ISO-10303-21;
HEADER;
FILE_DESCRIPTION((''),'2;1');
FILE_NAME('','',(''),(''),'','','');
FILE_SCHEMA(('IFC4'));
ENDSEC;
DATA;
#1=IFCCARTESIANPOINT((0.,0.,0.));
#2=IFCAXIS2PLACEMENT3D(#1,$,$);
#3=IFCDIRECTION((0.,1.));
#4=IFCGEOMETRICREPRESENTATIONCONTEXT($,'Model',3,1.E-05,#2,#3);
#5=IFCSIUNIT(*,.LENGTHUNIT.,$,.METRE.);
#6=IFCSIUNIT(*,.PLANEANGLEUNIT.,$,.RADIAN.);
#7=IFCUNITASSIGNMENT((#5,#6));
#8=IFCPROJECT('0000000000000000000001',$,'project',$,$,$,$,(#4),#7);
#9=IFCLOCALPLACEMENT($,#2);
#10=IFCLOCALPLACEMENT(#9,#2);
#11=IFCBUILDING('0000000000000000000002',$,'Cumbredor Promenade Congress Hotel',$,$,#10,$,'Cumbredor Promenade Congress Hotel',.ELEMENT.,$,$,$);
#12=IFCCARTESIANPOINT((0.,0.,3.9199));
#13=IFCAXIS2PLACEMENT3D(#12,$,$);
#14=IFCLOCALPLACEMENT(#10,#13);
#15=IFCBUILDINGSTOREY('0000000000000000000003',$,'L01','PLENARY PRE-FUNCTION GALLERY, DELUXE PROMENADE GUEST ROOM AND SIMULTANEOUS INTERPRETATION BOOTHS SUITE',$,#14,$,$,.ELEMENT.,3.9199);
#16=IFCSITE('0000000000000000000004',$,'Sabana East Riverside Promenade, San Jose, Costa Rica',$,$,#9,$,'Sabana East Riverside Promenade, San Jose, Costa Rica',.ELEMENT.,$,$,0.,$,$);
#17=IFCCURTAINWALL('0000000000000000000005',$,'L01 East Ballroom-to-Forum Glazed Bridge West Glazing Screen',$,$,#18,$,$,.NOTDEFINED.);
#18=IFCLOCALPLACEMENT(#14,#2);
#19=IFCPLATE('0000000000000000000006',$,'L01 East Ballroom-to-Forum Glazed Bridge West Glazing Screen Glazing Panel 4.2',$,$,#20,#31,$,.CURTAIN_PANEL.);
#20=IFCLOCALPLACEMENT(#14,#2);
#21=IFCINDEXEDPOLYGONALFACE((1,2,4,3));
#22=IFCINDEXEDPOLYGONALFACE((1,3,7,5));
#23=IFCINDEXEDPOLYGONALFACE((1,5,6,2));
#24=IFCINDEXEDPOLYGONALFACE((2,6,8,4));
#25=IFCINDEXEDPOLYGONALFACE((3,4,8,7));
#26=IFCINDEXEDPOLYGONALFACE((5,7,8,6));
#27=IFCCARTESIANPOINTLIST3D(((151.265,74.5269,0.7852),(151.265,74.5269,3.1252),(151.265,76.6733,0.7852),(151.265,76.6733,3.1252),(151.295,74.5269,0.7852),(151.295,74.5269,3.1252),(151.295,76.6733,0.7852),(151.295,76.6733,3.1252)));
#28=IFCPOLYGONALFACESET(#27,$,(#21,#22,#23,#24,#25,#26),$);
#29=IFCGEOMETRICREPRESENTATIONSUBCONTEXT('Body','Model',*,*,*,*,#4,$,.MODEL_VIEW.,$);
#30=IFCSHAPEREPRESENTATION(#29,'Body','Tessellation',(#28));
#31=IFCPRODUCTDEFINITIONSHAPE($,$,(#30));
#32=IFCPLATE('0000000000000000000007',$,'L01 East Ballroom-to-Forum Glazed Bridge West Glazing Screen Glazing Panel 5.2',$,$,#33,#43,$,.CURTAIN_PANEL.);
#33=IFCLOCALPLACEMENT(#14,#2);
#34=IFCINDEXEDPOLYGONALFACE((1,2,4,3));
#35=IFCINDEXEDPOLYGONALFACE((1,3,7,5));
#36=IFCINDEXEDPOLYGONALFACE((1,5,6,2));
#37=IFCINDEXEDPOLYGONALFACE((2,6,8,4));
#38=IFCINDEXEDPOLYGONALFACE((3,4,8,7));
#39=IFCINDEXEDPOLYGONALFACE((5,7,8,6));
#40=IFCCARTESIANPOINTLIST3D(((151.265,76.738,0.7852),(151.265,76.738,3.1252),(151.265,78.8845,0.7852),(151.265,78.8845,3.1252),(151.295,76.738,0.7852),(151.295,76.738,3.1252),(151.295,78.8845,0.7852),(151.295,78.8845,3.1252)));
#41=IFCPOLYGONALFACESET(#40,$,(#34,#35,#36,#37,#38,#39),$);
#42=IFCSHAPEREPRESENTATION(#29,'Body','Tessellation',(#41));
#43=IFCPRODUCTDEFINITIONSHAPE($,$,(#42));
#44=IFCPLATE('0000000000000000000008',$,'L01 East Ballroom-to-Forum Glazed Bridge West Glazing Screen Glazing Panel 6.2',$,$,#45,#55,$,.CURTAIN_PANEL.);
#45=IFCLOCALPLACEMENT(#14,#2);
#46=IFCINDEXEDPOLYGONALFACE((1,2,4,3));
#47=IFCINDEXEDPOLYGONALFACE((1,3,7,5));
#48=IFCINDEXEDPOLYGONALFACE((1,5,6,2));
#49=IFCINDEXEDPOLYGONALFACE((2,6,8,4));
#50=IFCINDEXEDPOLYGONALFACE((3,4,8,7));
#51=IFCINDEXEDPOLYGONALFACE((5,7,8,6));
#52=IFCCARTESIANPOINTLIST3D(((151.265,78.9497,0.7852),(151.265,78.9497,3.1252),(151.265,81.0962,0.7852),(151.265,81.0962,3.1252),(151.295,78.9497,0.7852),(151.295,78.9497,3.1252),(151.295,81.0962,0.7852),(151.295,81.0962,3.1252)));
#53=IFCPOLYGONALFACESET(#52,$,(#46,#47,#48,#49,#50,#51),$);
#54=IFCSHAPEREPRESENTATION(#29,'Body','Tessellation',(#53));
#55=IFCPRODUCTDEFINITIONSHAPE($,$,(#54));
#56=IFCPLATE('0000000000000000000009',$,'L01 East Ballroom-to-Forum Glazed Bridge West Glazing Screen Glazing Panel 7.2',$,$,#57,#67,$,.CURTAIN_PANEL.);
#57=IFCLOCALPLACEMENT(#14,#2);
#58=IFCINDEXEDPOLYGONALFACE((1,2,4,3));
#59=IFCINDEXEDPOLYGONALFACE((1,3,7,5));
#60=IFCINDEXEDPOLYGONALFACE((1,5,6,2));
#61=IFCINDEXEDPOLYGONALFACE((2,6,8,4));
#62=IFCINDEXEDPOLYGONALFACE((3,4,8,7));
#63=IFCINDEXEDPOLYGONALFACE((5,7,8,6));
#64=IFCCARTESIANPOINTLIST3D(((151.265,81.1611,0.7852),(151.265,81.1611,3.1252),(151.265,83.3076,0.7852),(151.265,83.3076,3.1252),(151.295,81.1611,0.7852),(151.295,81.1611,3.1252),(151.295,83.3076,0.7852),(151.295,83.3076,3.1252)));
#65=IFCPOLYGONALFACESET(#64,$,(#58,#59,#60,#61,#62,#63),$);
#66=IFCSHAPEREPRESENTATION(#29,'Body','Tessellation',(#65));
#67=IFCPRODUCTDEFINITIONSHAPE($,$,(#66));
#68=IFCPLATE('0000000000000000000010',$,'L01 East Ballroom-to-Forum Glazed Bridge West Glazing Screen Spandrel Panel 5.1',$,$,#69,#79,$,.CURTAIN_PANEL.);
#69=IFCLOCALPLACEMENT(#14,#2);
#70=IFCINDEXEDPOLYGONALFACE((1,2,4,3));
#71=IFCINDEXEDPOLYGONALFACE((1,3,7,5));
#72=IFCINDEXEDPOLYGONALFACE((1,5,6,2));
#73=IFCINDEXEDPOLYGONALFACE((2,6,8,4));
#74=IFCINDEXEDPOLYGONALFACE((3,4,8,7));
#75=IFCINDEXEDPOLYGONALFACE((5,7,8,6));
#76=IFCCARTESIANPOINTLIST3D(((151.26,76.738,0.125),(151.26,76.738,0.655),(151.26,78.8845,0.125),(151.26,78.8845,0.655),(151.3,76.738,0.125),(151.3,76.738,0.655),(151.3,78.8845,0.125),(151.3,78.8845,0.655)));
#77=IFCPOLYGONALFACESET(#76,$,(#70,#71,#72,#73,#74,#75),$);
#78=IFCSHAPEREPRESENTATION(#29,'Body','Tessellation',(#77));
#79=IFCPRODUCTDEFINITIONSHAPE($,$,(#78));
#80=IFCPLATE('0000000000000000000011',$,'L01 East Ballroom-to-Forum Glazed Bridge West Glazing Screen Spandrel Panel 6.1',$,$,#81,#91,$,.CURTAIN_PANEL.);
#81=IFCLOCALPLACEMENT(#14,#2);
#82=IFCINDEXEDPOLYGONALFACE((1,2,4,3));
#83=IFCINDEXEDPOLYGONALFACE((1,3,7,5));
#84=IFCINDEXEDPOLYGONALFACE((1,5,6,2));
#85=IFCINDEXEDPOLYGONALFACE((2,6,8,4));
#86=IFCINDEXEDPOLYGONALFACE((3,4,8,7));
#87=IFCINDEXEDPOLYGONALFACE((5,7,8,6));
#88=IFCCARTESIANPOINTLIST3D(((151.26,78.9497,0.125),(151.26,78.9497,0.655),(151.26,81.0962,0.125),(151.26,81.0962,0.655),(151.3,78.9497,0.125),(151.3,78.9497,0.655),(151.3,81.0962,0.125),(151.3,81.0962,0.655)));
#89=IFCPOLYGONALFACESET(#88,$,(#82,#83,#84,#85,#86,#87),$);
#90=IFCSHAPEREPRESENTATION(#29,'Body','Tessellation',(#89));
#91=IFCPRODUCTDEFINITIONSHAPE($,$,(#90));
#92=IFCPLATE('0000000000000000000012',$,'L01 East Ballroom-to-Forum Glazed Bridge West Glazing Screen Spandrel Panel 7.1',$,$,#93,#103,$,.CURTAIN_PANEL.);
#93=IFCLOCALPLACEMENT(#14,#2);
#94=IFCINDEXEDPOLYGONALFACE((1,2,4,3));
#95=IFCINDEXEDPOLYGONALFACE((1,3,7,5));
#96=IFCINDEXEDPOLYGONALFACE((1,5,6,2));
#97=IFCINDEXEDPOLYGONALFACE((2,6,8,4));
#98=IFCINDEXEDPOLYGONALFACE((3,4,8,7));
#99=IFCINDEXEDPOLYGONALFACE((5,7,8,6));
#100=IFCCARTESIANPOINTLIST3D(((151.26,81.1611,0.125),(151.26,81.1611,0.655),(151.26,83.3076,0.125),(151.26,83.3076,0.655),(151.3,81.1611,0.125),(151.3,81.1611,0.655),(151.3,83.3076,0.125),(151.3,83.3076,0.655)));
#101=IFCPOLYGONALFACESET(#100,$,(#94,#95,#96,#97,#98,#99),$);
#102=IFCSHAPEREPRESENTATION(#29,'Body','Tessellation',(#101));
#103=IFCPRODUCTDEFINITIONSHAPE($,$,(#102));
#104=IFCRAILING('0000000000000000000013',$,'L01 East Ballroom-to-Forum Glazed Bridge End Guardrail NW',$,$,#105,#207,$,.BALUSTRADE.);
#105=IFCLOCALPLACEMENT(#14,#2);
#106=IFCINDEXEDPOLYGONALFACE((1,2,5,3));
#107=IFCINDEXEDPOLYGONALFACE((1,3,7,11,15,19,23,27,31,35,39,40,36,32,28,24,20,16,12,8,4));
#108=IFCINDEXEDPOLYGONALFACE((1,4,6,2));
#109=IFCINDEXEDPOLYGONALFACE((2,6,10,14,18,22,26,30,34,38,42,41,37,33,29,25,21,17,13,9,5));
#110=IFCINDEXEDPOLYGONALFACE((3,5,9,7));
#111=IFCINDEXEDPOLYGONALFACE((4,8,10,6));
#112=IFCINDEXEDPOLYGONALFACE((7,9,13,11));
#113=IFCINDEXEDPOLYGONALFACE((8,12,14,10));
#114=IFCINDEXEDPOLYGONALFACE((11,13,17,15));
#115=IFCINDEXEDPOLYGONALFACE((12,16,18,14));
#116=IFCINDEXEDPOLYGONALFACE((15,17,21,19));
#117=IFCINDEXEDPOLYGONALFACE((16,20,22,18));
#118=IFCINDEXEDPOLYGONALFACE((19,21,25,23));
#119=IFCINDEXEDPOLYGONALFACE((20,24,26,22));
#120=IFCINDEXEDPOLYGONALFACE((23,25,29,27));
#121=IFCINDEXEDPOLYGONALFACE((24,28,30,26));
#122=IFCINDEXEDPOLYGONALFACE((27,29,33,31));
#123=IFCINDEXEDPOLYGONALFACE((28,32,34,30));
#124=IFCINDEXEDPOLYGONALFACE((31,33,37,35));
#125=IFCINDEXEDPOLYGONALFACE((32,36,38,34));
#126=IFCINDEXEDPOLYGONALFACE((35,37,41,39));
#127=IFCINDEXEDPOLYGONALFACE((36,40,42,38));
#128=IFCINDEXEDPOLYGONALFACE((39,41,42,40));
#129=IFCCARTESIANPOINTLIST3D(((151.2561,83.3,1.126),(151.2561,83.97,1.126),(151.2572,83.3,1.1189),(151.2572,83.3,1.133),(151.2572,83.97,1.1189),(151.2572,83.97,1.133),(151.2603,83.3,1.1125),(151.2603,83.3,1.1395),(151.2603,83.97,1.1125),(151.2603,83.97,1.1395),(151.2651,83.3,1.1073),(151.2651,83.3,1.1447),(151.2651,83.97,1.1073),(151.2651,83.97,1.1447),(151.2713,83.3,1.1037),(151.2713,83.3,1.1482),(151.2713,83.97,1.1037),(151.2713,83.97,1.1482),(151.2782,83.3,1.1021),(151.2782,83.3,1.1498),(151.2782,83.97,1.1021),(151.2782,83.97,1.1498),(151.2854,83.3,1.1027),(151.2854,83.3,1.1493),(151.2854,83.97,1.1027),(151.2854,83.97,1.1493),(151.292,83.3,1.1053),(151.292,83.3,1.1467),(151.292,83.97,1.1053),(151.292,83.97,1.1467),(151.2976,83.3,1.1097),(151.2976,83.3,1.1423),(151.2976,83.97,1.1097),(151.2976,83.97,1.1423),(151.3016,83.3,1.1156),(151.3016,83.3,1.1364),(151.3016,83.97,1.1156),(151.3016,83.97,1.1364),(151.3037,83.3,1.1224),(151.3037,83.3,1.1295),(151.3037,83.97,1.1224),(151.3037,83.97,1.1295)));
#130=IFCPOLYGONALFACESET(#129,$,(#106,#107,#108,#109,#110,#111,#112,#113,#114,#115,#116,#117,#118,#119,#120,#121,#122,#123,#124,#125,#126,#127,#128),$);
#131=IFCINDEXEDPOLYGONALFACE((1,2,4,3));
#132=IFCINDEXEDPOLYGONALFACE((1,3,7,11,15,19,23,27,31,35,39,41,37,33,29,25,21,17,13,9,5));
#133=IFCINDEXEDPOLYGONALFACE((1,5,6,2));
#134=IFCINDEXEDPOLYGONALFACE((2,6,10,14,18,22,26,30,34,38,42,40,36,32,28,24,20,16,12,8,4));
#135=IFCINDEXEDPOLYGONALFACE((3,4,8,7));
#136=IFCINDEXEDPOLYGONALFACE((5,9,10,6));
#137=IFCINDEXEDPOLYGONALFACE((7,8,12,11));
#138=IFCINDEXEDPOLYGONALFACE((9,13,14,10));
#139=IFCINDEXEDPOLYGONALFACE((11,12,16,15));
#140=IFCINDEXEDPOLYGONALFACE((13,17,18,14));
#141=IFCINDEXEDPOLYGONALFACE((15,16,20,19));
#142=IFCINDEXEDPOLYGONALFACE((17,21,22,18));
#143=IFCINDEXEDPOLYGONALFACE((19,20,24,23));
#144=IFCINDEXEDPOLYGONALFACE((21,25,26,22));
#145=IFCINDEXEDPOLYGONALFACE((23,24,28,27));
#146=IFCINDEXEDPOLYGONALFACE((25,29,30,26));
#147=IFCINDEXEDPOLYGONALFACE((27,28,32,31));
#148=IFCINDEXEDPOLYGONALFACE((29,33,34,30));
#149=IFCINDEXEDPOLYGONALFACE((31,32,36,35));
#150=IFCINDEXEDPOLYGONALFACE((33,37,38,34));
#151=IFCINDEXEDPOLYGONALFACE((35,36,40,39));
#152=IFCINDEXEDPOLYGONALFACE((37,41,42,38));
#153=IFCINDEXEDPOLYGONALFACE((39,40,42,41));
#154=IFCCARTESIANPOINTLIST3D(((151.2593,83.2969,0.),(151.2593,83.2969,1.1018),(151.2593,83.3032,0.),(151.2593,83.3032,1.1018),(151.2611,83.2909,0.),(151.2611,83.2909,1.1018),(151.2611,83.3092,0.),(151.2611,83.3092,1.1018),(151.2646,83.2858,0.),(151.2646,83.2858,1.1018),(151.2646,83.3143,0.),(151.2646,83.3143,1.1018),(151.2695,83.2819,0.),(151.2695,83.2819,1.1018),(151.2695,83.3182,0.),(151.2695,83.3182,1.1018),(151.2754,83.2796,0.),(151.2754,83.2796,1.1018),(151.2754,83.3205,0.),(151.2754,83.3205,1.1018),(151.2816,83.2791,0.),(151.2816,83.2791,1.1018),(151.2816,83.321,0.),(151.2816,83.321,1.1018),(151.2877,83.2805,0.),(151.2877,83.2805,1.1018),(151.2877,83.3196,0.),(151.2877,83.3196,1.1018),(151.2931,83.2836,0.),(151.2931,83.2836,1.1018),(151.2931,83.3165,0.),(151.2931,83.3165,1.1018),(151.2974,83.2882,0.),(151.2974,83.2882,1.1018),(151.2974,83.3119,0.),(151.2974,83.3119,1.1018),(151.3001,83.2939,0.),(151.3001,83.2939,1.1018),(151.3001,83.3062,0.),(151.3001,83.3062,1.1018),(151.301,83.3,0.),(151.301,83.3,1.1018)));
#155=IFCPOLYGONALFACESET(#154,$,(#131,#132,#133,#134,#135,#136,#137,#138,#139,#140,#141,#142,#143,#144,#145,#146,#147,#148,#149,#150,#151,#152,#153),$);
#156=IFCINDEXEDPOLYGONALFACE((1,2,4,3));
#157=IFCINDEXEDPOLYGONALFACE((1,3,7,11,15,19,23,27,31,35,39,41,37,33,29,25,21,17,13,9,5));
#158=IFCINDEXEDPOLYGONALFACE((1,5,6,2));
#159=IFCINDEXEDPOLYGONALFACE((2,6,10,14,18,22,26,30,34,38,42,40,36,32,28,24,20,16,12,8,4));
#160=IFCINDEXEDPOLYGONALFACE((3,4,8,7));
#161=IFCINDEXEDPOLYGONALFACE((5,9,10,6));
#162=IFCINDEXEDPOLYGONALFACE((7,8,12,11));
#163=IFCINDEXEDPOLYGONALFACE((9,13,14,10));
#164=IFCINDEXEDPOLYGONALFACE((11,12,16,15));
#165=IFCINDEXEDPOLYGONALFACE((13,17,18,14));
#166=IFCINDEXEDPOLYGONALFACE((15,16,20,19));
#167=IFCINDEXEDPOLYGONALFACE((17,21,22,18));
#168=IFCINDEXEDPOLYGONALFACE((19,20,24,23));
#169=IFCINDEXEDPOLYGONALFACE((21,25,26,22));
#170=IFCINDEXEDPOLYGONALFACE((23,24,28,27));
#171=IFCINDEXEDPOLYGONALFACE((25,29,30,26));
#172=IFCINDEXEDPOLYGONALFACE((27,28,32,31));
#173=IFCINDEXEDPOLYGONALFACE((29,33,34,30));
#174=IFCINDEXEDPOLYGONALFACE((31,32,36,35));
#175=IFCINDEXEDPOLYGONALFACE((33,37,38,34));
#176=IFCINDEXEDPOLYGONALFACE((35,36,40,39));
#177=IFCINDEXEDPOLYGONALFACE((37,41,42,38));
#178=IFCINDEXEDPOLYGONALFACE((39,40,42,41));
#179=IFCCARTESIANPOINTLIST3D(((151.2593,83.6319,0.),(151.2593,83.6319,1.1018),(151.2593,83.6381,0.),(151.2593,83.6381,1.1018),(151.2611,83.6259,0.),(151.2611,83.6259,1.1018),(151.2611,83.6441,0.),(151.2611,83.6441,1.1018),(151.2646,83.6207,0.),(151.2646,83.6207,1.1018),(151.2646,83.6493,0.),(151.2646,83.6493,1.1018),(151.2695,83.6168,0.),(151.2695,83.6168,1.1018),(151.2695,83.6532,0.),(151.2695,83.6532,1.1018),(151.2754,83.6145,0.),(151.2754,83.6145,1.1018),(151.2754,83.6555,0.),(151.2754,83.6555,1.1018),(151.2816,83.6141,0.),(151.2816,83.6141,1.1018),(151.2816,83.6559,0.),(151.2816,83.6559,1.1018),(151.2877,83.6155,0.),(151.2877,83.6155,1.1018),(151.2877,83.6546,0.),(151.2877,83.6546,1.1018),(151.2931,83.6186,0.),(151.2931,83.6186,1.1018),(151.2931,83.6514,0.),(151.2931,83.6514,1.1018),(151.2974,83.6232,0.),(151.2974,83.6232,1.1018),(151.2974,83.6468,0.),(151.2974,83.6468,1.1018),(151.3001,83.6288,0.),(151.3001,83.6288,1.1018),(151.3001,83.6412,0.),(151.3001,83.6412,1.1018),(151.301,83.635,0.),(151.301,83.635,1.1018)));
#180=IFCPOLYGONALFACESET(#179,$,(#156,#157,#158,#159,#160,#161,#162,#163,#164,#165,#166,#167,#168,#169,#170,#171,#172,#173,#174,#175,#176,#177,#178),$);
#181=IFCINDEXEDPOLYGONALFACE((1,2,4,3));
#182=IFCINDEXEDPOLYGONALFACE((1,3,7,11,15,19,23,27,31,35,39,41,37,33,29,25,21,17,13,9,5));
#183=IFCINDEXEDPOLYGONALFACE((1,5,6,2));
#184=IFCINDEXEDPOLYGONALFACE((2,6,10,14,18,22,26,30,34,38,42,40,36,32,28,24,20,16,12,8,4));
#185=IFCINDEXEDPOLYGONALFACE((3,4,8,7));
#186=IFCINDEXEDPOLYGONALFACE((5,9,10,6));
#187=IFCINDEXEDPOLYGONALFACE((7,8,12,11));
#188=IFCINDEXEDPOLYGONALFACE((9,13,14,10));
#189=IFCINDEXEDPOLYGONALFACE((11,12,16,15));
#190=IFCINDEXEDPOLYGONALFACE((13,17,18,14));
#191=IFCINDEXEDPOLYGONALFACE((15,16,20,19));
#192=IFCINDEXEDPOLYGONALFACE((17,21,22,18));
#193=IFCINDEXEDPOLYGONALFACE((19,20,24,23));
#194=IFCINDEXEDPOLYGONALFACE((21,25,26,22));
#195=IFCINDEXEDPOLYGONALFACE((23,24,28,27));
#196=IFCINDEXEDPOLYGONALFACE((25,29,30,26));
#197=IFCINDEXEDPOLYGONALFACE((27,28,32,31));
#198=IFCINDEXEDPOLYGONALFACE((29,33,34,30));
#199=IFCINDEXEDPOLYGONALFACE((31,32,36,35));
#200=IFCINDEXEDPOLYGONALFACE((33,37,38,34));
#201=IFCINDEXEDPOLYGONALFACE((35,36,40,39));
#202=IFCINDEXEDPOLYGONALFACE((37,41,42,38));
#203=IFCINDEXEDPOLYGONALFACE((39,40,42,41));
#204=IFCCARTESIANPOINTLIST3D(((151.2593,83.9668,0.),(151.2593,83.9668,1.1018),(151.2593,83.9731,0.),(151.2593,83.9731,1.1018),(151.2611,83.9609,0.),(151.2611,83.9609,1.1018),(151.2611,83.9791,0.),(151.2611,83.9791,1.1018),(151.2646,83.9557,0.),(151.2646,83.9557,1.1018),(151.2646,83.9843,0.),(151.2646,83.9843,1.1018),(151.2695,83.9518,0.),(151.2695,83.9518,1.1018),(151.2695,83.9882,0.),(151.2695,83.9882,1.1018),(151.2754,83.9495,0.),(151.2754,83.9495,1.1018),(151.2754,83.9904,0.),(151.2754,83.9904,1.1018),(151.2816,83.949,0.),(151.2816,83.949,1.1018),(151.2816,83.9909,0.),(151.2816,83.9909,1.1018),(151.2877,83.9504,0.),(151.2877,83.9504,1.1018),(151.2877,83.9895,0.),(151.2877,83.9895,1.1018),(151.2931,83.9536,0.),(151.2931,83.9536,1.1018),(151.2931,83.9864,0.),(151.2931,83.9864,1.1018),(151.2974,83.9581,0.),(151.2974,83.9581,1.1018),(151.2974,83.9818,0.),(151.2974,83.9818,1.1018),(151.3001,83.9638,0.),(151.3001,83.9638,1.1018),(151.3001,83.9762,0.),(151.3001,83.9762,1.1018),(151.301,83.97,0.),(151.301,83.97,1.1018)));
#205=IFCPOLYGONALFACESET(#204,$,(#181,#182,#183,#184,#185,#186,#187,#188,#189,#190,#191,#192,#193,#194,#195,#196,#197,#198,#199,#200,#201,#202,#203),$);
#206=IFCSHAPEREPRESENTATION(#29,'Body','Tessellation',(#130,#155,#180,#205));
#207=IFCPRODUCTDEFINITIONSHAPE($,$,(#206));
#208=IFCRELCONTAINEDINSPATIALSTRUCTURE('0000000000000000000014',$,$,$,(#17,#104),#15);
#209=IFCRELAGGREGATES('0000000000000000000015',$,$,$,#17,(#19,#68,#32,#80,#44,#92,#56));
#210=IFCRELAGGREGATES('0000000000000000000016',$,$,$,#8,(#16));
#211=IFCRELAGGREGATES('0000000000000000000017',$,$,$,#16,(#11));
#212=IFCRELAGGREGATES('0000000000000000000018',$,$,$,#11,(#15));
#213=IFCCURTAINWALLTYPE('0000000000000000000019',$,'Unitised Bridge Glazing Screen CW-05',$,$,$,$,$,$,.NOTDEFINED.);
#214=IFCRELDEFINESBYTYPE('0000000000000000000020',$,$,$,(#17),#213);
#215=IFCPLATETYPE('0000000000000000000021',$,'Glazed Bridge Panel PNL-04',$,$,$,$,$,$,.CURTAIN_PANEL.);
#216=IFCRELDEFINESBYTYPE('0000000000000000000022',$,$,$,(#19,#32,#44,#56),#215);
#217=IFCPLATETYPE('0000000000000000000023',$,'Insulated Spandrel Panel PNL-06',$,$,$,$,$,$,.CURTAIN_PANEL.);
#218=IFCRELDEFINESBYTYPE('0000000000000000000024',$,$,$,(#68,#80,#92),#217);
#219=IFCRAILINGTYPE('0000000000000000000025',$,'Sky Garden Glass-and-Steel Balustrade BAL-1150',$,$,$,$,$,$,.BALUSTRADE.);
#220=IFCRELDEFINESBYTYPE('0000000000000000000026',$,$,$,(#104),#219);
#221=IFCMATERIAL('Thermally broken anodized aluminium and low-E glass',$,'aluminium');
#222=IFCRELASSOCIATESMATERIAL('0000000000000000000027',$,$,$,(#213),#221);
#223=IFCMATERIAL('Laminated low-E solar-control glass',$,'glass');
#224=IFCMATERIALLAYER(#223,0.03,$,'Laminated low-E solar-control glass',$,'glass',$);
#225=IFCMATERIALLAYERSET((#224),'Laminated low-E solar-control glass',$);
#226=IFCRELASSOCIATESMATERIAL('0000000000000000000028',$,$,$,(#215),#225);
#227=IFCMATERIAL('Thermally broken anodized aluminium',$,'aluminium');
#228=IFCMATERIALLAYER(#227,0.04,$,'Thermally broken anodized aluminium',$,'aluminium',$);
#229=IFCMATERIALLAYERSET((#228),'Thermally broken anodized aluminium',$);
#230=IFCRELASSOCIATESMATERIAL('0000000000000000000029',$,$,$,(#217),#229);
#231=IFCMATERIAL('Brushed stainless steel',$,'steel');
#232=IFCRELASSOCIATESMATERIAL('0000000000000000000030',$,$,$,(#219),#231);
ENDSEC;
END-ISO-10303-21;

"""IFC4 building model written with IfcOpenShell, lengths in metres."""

from ifc_helpers import new_model, si_unit, direction, frame, origin, origin_2d, place, context, subcontext, project, spatial, rectangle, circle, extrude, material, layer, layer_set, type_object, element, aggregate, save


model = new_model("IFC4")

# Units and contexts
model_context = context("Model", 3, precision=1e-05, world=origin(), true_north=direction((0.0, 1.0)))
body_context = subcontext(model_context, "Body", "Model", "MODEL_VIEW")
ifc_project = project(units=[si_unit("LENGTHUNIT", "METRE"), si_unit("PLANEANGLEUNIT", "RADIAN")], contexts=[model_context])

# Site, building, storey
site_placement = place(None, origin())
site = spatial("IfcSite", under=ifc_project, at=site_placement, Name="Sabana East Riverside Promenade, San Jose, Costa Rica", LongName="Sabana East Riverside Promenade, San Jose, Costa Rica", CompositionType="ELEMENT", RefElevation=0.0)
building_placement = place(site_placement, origin())
building = spatial("IfcBuilding", under=site, at=building_placement, Name="Cumbredor Promenade Congress Hotel", LongName="Cumbredor Promenade Congress Hotel", CompositionType="ELEMENT")
storey_placement = place(building_placement, frame((0.0, 0.0, 3.9199)))
storey = spatial("IfcBuildingStorey", under=building, at=storey_placement, Name="L01", Description="PLENARY PRE-FUNCTION GALLERY, DELUXE PROMENADE GUEST ROOM AND SIMULTANEOUS INTERPRETATION BOOTHS SUITE", CompositionType="ELEMENT", Elevation=3.9199)

# Curtain wall
ifc_material_1 = material(Name="Thermally broken anodized aluminium and low-E glass", Category="aluminium")
curtain_wall_type = type_object("IfcCurtainWallType", Name="Unitised Bridge Glazing Screen CW-05", PredefinedType="NOTDEFINED", material=ifc_material_1)
curtain_wall_placement = place(storey_placement, origin())
curtain_wall = element("IfcCurtainWall", 1, at=curtain_wall_placement, inside=storey, type_object=curtain_wall_type, Name="L01 East Ballroom-to-Forum Glazed Bridge West Glazing Screen", PredefinedType="NOTDEFINED")
ifc_material_2 = material(Name="Thermally broken anodized aluminium", Category="aluminium")

# Plates
ifc_material_3 = material(Name="Laminated low-E solar-control glass", Category="glass")
ifc_layer_1 = layer(ifc_material_3, 0.03, Name="Laminated low-E solar-control glass", Category="glass")
ifc_layer_set_1 = layer_set([ifc_layer_1], Name="Laminated low-E solar-control glass")
plate_type_1 = type_object("IfcPlateType", Name="Glazed Bridge Panel PNL-04", PredefinedType="CURTAIN_PANEL", material=ifc_layer_set_1)
plate_1_placement = place(storey_placement, frame((151.28, 75.6001, 0.7852), z_axis=(0.0, 0.0, 1.0), x_axis=(0.0, 1.0, 0.0)))
plate_1 = element("IfcPlate", 2, at=plate_1_placement, type_object=plate_type_1, Name="L01 East Ballroom-to-Forum Glazed Bridge West Glazing Screen Glazing Panel 4.2", PredefinedType="CURTAIN_PANEL", context=body_context, shape_type="SweptSolid", body=[
    extrude(rectangle(XDim=2.1465, YDim=0.03, at=origin_2d()), origin(), (0.0, 0.0, 1.0), 2.3401),
])
plate_2_placement = place(storey_placement, frame((151.28, 77.8113, 0.7852), z_axis=(0.0, 0.0, 1.0), x_axis=(0.0, 1.0, 0.0)))
plate_2 = element("IfcPlate", 3, at=plate_2_placement, type_object=plate_type_1, Name="L01 East Ballroom-to-Forum Glazed Bridge West Glazing Screen Glazing Panel 5.2", PredefinedType="CURTAIN_PANEL", context=body_context, shape_type="SweptSolid", body=[
    extrude(rectangle(XDim=2.1465, YDim=0.03, at=origin_2d()), origin(), (0.0, 0.0, 1.0), 2.3401),
])
plate_3_placement = place(storey_placement, frame((151.28, 80.0229, 0.7852), z_axis=(0.0, 0.0, 1.0), x_axis=(0.0, 1.0, 0.0)))
plate_3 = element("IfcPlate", 4, at=plate_3_placement, type_object=plate_type_1, Name="L01 East Ballroom-to-Forum Glazed Bridge West Glazing Screen Glazing Panel 6.2", PredefinedType="CURTAIN_PANEL", context=body_context, shape_type="SweptSolid", body=[
    extrude(rectangle(XDim=2.1465, YDim=0.03, at=origin_2d()), origin(), (0.0, 0.0, 1.0), 2.3401),
])
plate_4_placement = place(storey_placement, frame((151.28, 82.2344, 0.7852), z_axis=(0.0, 0.0, 1.0), x_axis=(0.0, 1.0, 0.0)))
plate_4 = element("IfcPlate", 5, at=plate_4_placement, type_object=plate_type_1, Name="L01 East Ballroom-to-Forum Glazed Bridge West Glazing Screen Glazing Panel 7.2", PredefinedType="CURTAIN_PANEL", context=body_context, shape_type="SweptSolid", body=[
    extrude(rectangle(XDim=2.1465, YDim=0.03, at=origin_2d()), origin(), (0.0, 0.0, 1.0), 2.3401),
])
ifc_layer_2 = layer(ifc_material_2, 0.04, Name="Thermally broken anodized aluminium", Category="aluminium")
ifc_layer_set_2 = layer_set([ifc_layer_2], Name="Thermally broken anodized aluminium")
plate_type_2 = type_object("IfcPlateType", Name="Insulated Spandrel Panel PNL-06", PredefinedType="CURTAIN_PANEL", material=ifc_layer_set_2)
plate_5_placement = place(storey_placement, frame((151.28, 77.8113, 0.125), z_axis=(0.0, 0.0, 1.0), x_axis=(0.0, 1.0, 0.0)))
plate_5 = element("IfcPlate", 6, at=plate_5_placement, type_object=plate_type_2, Name="L01 East Ballroom-to-Forum Glazed Bridge West Glazing Screen Spandrel Panel 5.1", PredefinedType="CURTAIN_PANEL", context=body_context, shape_type="SweptSolid", body=[
    extrude(rectangle(XDim=2.1465, YDim=0.04, at=origin_2d()), origin(), (0.0, 0.0, 1.0), 0.53),
])
plate_6_placement = place(storey_placement, frame((151.28, 80.0229, 0.125), z_axis=(0.0, 0.0, 1.0), x_axis=(0.0, 1.0, 0.0)))
plate_6 = element("IfcPlate", 7, at=plate_6_placement, type_object=plate_type_2, Name="L01 East Ballroom-to-Forum Glazed Bridge West Glazing Screen Spandrel Panel 6.1", PredefinedType="CURTAIN_PANEL", context=body_context, shape_type="SweptSolid", body=[
    extrude(rectangle(XDim=2.1465, YDim=0.04, at=origin_2d()), origin(), (0.0, 0.0, 1.0), 0.53),
])
plate_7_placement = place(storey_placement, frame((151.28, 82.2344, 0.125), z_axis=(0.0, 0.0, 1.0), x_axis=(0.0, 1.0, 0.0)))
plate_7 = element("IfcPlate", 8, at=plate_7_placement, type_object=plate_type_2, Name="L01 East Ballroom-to-Forum Glazed Bridge West Glazing Screen Spandrel Panel 7.1", PredefinedType="CURTAIN_PANEL", context=body_context, shape_type="SweptSolid", body=[
    extrude(rectangle(XDim=2.1465, YDim=0.04, at=origin_2d()), origin(), (0.0, 0.0, 1.0), 0.53),
])
aggregate(curtain_wall, [plate_1, plate_5, plate_2, plate_6, plate_3, plate_7, plate_4])

# Railing
ifc_material_4 = material(Name="Brushed stainless steel", Category="steel")
railing_type = type_object("IfcRailingType", Name="Sky Garden Glass-and-Steel Balustrade BAL-1150", PredefinedType="BALUSTRADE", material=ifc_material_4)
railing_placement = place(storey_placement, frame((151.28, 83.3, 0.0)))
element("IfcRailing", 9, at=railing_placement, inside=storey, type_object=railing_type, Name="L01 East Ballroom-to-Forum Glazed Bridge End Guardrail NW", PredefinedType="BALUSTRADE", context=body_context, shape_type="SweptSolid", body=[
    extrude(circle(Radius=0.0239, at=origin_2d()), frame((0.0, 0.0, 1.126), z_axis=(0.0, 1.0, 0.0), x_axis=(-1.0, 0.0, 0.0)), (0.0, 0.0, 1.0), 0.6699),
    extrude(circle(Radius=0.021, at=origin_2d()), origin(), (0.0, 0.0, 1.0), 1.1018),
    extrude(circle(Radius=0.021, at=origin_2d()), frame((0.0, 0.335, 0.0)), (0.0, 0.0, 1.0), 1.1018),
    extrude(circle(Radius=0.021, at=origin_2d()), frame((0.0, 0.6699, 0.0)), (0.0, 0.0, 1.0), 1.1018),
])

save(model, "model.ifc")
